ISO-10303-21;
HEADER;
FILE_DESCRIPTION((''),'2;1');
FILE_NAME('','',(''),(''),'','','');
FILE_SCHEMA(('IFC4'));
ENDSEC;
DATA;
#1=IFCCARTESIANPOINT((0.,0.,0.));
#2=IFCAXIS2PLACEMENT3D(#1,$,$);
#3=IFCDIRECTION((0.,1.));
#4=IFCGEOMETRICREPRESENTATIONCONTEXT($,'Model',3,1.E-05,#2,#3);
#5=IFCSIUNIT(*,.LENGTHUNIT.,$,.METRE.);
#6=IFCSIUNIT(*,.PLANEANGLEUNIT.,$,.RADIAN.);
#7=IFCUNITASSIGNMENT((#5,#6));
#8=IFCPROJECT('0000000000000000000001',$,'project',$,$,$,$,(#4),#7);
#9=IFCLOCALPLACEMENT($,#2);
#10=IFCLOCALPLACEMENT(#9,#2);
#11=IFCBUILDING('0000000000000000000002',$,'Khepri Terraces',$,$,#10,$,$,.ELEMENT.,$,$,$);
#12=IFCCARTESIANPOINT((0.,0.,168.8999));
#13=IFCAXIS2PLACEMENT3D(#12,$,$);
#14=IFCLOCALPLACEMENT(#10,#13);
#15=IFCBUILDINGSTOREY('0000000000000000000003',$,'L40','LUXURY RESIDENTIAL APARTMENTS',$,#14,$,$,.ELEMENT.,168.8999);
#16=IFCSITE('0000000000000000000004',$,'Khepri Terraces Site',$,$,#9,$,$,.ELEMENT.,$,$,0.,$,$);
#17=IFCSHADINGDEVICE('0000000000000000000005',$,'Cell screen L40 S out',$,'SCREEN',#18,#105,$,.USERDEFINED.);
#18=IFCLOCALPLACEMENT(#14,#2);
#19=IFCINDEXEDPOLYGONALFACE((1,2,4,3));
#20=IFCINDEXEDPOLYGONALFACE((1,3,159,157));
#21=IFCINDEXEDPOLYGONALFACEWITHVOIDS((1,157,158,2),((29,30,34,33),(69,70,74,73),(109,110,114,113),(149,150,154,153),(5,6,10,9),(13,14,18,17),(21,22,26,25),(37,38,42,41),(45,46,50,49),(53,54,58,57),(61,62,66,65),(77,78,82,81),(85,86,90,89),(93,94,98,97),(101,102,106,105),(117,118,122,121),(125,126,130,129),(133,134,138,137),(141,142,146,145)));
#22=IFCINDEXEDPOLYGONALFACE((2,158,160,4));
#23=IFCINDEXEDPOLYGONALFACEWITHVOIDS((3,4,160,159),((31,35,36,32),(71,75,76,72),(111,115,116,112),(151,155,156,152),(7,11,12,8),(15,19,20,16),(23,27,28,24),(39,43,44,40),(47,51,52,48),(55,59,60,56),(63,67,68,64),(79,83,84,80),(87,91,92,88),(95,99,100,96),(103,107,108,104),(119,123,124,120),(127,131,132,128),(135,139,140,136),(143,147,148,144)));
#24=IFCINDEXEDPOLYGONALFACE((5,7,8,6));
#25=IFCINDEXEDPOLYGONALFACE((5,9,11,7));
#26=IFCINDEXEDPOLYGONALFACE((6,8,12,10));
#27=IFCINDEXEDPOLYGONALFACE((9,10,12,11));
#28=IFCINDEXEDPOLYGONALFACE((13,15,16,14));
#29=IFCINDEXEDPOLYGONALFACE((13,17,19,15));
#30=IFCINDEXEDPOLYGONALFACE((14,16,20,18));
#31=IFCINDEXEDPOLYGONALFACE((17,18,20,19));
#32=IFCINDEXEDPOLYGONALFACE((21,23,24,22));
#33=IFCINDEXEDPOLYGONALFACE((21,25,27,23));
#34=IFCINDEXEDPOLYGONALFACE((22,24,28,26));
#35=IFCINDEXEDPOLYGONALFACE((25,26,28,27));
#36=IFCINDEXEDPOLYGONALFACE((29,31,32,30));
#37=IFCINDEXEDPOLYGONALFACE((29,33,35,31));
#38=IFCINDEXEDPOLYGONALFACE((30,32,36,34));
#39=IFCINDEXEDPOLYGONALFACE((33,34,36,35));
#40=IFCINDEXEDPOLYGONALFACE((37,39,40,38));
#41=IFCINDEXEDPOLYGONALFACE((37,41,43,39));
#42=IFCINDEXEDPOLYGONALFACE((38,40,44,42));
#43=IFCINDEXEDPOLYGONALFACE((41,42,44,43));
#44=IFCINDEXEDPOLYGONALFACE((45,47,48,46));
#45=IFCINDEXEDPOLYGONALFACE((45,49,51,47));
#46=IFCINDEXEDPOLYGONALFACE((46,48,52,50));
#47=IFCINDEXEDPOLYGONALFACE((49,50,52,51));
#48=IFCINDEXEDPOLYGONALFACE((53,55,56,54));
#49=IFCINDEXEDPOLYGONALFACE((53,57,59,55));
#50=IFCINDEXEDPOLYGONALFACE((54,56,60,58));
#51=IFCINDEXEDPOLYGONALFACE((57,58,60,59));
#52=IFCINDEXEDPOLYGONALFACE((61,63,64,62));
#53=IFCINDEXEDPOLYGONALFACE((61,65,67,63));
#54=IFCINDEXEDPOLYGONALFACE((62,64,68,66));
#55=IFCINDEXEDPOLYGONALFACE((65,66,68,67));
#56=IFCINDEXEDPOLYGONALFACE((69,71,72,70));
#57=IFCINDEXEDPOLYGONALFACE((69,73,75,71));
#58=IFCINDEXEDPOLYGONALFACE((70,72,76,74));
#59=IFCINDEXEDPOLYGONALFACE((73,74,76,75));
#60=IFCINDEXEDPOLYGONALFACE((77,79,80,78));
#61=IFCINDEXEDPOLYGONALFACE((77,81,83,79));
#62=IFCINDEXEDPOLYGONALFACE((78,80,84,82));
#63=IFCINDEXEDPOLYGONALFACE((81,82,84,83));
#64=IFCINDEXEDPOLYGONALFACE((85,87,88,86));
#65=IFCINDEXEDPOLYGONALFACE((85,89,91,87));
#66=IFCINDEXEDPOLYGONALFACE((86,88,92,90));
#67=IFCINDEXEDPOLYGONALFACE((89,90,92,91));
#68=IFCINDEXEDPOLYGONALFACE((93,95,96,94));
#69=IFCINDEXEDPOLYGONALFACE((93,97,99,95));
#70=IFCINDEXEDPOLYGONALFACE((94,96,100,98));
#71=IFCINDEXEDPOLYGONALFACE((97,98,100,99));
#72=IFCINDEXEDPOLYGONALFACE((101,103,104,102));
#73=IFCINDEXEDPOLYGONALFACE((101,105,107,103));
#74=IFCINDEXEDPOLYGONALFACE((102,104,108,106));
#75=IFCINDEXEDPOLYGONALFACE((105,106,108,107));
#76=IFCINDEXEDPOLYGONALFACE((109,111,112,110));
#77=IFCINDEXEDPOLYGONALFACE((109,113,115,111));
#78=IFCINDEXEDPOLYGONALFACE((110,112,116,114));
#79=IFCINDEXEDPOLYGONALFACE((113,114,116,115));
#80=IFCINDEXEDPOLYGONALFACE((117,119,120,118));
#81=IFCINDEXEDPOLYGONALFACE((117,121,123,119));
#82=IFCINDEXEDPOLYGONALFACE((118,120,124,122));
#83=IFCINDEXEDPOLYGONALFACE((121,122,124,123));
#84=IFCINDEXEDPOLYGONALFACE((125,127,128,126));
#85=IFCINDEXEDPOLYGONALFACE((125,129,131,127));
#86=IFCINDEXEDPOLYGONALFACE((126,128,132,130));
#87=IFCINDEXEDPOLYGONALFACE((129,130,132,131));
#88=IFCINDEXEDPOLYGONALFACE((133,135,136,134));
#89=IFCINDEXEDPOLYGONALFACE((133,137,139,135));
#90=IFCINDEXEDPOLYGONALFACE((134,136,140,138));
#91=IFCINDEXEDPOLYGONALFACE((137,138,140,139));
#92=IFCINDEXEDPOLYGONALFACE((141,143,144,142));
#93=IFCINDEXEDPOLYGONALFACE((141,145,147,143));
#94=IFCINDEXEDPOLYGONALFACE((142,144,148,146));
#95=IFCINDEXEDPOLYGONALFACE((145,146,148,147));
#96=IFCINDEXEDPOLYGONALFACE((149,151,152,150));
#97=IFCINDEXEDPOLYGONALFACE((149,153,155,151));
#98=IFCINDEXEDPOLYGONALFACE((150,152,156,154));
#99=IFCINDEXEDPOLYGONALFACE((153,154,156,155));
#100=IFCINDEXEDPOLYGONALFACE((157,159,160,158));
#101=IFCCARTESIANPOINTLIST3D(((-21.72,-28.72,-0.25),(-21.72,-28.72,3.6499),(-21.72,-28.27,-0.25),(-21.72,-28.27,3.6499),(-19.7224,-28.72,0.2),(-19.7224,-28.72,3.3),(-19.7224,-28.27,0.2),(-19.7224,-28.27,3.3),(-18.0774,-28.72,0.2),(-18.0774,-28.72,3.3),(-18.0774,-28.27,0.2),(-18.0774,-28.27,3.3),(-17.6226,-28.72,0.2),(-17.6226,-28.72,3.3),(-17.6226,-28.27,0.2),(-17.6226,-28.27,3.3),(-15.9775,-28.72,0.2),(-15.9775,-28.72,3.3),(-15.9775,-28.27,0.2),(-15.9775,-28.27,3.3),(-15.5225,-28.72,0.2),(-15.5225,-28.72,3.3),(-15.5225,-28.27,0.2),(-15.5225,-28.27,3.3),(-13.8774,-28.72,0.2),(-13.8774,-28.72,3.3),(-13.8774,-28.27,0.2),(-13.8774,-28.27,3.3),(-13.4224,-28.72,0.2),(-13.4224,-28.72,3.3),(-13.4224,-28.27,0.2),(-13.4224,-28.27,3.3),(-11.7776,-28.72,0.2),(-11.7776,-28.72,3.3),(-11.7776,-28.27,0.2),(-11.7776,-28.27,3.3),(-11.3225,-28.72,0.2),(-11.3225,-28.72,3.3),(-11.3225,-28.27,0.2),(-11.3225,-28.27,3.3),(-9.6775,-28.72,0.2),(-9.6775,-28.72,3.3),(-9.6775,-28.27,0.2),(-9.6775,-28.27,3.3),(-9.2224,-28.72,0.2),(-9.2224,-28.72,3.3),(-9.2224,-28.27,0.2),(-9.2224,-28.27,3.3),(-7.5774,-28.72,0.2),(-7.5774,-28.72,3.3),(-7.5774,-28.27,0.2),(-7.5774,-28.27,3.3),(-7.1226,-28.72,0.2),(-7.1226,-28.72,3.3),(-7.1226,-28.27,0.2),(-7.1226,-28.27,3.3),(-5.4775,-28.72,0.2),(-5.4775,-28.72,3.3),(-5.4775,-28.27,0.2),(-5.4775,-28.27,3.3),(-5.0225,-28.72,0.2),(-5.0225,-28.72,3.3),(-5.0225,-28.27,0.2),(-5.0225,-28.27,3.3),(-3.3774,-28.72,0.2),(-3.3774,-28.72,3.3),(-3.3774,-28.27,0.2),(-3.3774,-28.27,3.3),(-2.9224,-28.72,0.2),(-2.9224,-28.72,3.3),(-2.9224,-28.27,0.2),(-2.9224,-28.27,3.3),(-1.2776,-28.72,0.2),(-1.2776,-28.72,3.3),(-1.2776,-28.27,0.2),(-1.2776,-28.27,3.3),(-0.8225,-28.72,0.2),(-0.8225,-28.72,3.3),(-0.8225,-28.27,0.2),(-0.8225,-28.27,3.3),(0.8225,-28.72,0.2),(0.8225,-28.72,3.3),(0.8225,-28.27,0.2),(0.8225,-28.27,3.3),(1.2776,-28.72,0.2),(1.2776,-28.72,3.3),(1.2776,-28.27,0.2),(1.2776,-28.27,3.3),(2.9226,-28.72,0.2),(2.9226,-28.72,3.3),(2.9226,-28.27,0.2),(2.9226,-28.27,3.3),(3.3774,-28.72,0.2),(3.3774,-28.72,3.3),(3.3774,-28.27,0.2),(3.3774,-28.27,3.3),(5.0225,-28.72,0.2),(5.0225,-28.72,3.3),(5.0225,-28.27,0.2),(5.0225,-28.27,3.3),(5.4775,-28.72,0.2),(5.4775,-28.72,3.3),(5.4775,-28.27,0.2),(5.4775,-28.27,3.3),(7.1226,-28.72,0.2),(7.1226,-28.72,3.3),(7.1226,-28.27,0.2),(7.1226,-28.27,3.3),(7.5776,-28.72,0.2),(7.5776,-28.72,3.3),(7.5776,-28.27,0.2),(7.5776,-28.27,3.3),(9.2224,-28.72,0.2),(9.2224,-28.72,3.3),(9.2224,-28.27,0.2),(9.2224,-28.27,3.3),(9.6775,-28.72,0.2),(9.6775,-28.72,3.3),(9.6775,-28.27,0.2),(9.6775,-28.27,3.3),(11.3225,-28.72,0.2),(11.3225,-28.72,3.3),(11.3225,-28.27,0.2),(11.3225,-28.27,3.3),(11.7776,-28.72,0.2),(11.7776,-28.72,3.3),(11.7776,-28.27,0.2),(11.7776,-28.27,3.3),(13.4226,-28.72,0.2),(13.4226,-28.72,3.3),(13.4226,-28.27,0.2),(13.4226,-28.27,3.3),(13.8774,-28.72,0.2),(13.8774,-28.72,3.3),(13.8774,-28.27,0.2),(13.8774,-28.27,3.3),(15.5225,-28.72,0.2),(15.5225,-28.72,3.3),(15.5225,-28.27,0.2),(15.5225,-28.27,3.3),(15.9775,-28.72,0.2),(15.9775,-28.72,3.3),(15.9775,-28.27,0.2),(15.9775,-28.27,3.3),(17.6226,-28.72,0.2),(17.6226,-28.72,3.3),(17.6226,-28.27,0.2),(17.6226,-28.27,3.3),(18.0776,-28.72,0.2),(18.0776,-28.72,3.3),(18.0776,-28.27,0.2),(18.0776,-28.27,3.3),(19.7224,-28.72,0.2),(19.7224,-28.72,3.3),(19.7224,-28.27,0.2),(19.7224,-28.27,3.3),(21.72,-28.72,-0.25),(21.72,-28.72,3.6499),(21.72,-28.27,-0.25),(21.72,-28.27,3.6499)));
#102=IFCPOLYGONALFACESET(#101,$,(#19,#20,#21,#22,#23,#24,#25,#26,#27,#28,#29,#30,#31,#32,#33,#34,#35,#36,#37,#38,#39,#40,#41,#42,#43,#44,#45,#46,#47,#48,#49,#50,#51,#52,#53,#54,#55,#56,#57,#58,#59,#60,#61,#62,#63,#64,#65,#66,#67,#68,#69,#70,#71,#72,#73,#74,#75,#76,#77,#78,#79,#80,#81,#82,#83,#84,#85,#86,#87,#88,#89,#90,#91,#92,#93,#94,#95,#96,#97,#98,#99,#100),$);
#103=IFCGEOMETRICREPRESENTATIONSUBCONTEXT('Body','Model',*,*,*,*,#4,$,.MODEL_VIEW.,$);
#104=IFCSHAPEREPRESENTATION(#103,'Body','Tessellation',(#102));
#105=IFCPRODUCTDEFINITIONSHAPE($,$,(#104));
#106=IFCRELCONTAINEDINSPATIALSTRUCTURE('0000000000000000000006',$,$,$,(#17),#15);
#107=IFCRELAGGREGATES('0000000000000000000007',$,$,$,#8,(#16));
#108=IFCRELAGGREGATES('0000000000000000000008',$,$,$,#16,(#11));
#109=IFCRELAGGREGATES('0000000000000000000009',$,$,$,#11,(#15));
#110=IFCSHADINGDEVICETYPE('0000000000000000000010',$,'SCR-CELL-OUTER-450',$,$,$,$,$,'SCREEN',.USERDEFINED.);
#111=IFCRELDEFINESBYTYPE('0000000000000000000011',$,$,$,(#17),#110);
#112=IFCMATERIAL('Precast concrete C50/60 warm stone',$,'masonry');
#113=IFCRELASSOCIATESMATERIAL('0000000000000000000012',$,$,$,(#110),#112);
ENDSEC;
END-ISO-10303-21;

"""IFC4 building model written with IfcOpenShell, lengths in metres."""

from ifc_helpers import new_model, si_unit, direction, frame, origin, place, context, subcontext, project, spatial, polyline, outline, extrude, material, type_object, element, save


model = new_model("IFC4")

# Units and contexts
model_context = context("Model", 3, precision=1e-05, world=origin(), true_north=direction((0.0, 1.0)))
body_context = subcontext(model_context, "Body", "Model", "MODEL_VIEW")
ifc_project = project(units=[si_unit("LENGTHUNIT", "METRE"), si_unit("PLANEANGLEUNIT", "RADIAN")], contexts=[model_context])

# Site, building, storey
site_placement = place(None, origin())
site = spatial("IfcSite", under=ifc_project, at=site_placement, Name="Khepri Terraces Site", CompositionType="ELEMENT", RefElevation=0.0)
building_placement = place(site_placement, origin())
building = spatial("IfcBuilding", under=site, at=building_placement, Name="Khepri Terraces", CompositionType="ELEMENT")
storey_placement = place(building_placement, frame((0.0, 0.0, 168.8999)))
storey = spatial("IfcBuildingStorey", under=building, at=storey_placement, Name="L40", Description="LUXURY RESIDENTIAL APARTMENTS", CompositionType="ELEMENT", Elevation=168.8999)

# Shared definitions
ifc_material_1 = material(Name="Precast concrete C50/60 warm stone", Category="masonry")

# Shading device
shading_device_type_1 = type_object("IfcShadingDeviceType", Name="SCR-CELL-OUTER-450", ElementType="SCREEN", PredefinedType="USERDEFINED", material=ifc_material_1)
shading_device_1_placement = place(storey_placement, frame((-21.72, -28.27, -0.25), z_axis=(0.0, -1.0, 0.0), x_axis=(1.0, 0.0, 0.0)))
element("IfcShadingDevice", 1, at=shading_device_1_placement, inside=storey, type_object=shading_device_type_1, Name="Cell screen L40 S out", ObjectType="SCREEN", PredefinedType="USERDEFINED", context=body_context, shape_type="SweptSolid", body=[
    extrude(outline(polyline([(0.0, 0.0), (43.4399, 0.0), (43.4399, 3.8999), (0.0, 3.8999), (0.0, 0.0)]), holes=[polyline([(1.9976, 0.45), (3.6426, 0.45), (3.6426, 3.55), (1.9976, 3.55), (1.9976, 0.45)]), polyline([(4.0974, 0.45), (5.7424, 0.45), (5.7424, 3.55), (4.0974, 3.55), (4.0974, 0.45)]), polyline([(6.1975, 0.45), (7.8425, 0.45), (7.8425, 3.55), (6.1975, 3.55), (6.1975, 0.45)]), polyline([(8.2976, 0.45), (9.9424, 0.45), (9.9424, 3.55), (8.2976, 3.55), (8.2976, 0.45)]), polyline([(10.3975, 0.45), (12.0425, 0.45), (12.0425, 3.55), (10.3975, 3.55), (10.3975, 0.45)]), polyline([(12.4976, 0.45), (14.1426, 0.45), (14.1426, 3.55), (12.4976, 3.55), (12.4976, 0.45)]), polyline([(14.5974, 0.45), (16.2424, 0.45), (16.2424, 3.55), (14.5974, 3.55), (14.5974, 0.45)]), polyline([(16.6975, 0.45), (18.3425, 0.45), (18.3425, 3.55), (16.6975, 3.55), (16.6975, 0.45)]), polyline([(18.7976, 0.45), (20.4424, 0.45), (20.4424, 3.55), (18.7976, 3.55), (18.7976, 0.45)]), polyline([(20.8975, 0.45), (22.5425, 0.45), (22.5425, 3.55), (20.8975, 3.55), (20.8975, 0.45)]), polyline([(22.9976, 0.45), (24.6426, 0.45), (24.6426, 3.55), (22.9976, 3.55), (22.9976, 0.45)]), polyline([(25.0974, 0.45), (26.7424, 0.45), (26.7424, 3.55), (25.0974, 3.55), (25.0974, 0.45)]), polyline([(27.1975, 0.45), (28.8425, 0.45), (28.8425, 3.55), (27.1975, 3.55), (27.1975, 0.45)]), polyline([(29.2976, 0.45), (30.9424, 0.45), (30.9424, 3.55), (29.2976, 3.55), (29.2976, 0.45)]), polyline([(31.3975, 0.45), (33.0425, 0.45), (33.0425, 3.55), (31.3975, 3.55), (31.3975, 0.45)]), polyline([(33.4976, 0.45), (35.1426, 0.45), (35.1426, 3.55), (33.4976, 3.55), (33.4976, 0.45)]), polyline([(35.5974, 0.45), (37.2424, 0.45), (37.2424, 3.55), (35.5974, 3.55), (35.5974, 0.45)]), polyline([(37.6975, 0.45), (39.3425, 0.45), (39.3425, 3.55), (37.6975, 3.55), (37.6975, 0.45)]), polyline([(39.7976, 0.45), (41.4424, 0.45), (41.4424, 3.55), (39.7976, 3.55), (39.7976, 0.45)])]), origin(), (0.0, 0.0, 1.0), 0.45),
])

save(model, "model.ifc")
